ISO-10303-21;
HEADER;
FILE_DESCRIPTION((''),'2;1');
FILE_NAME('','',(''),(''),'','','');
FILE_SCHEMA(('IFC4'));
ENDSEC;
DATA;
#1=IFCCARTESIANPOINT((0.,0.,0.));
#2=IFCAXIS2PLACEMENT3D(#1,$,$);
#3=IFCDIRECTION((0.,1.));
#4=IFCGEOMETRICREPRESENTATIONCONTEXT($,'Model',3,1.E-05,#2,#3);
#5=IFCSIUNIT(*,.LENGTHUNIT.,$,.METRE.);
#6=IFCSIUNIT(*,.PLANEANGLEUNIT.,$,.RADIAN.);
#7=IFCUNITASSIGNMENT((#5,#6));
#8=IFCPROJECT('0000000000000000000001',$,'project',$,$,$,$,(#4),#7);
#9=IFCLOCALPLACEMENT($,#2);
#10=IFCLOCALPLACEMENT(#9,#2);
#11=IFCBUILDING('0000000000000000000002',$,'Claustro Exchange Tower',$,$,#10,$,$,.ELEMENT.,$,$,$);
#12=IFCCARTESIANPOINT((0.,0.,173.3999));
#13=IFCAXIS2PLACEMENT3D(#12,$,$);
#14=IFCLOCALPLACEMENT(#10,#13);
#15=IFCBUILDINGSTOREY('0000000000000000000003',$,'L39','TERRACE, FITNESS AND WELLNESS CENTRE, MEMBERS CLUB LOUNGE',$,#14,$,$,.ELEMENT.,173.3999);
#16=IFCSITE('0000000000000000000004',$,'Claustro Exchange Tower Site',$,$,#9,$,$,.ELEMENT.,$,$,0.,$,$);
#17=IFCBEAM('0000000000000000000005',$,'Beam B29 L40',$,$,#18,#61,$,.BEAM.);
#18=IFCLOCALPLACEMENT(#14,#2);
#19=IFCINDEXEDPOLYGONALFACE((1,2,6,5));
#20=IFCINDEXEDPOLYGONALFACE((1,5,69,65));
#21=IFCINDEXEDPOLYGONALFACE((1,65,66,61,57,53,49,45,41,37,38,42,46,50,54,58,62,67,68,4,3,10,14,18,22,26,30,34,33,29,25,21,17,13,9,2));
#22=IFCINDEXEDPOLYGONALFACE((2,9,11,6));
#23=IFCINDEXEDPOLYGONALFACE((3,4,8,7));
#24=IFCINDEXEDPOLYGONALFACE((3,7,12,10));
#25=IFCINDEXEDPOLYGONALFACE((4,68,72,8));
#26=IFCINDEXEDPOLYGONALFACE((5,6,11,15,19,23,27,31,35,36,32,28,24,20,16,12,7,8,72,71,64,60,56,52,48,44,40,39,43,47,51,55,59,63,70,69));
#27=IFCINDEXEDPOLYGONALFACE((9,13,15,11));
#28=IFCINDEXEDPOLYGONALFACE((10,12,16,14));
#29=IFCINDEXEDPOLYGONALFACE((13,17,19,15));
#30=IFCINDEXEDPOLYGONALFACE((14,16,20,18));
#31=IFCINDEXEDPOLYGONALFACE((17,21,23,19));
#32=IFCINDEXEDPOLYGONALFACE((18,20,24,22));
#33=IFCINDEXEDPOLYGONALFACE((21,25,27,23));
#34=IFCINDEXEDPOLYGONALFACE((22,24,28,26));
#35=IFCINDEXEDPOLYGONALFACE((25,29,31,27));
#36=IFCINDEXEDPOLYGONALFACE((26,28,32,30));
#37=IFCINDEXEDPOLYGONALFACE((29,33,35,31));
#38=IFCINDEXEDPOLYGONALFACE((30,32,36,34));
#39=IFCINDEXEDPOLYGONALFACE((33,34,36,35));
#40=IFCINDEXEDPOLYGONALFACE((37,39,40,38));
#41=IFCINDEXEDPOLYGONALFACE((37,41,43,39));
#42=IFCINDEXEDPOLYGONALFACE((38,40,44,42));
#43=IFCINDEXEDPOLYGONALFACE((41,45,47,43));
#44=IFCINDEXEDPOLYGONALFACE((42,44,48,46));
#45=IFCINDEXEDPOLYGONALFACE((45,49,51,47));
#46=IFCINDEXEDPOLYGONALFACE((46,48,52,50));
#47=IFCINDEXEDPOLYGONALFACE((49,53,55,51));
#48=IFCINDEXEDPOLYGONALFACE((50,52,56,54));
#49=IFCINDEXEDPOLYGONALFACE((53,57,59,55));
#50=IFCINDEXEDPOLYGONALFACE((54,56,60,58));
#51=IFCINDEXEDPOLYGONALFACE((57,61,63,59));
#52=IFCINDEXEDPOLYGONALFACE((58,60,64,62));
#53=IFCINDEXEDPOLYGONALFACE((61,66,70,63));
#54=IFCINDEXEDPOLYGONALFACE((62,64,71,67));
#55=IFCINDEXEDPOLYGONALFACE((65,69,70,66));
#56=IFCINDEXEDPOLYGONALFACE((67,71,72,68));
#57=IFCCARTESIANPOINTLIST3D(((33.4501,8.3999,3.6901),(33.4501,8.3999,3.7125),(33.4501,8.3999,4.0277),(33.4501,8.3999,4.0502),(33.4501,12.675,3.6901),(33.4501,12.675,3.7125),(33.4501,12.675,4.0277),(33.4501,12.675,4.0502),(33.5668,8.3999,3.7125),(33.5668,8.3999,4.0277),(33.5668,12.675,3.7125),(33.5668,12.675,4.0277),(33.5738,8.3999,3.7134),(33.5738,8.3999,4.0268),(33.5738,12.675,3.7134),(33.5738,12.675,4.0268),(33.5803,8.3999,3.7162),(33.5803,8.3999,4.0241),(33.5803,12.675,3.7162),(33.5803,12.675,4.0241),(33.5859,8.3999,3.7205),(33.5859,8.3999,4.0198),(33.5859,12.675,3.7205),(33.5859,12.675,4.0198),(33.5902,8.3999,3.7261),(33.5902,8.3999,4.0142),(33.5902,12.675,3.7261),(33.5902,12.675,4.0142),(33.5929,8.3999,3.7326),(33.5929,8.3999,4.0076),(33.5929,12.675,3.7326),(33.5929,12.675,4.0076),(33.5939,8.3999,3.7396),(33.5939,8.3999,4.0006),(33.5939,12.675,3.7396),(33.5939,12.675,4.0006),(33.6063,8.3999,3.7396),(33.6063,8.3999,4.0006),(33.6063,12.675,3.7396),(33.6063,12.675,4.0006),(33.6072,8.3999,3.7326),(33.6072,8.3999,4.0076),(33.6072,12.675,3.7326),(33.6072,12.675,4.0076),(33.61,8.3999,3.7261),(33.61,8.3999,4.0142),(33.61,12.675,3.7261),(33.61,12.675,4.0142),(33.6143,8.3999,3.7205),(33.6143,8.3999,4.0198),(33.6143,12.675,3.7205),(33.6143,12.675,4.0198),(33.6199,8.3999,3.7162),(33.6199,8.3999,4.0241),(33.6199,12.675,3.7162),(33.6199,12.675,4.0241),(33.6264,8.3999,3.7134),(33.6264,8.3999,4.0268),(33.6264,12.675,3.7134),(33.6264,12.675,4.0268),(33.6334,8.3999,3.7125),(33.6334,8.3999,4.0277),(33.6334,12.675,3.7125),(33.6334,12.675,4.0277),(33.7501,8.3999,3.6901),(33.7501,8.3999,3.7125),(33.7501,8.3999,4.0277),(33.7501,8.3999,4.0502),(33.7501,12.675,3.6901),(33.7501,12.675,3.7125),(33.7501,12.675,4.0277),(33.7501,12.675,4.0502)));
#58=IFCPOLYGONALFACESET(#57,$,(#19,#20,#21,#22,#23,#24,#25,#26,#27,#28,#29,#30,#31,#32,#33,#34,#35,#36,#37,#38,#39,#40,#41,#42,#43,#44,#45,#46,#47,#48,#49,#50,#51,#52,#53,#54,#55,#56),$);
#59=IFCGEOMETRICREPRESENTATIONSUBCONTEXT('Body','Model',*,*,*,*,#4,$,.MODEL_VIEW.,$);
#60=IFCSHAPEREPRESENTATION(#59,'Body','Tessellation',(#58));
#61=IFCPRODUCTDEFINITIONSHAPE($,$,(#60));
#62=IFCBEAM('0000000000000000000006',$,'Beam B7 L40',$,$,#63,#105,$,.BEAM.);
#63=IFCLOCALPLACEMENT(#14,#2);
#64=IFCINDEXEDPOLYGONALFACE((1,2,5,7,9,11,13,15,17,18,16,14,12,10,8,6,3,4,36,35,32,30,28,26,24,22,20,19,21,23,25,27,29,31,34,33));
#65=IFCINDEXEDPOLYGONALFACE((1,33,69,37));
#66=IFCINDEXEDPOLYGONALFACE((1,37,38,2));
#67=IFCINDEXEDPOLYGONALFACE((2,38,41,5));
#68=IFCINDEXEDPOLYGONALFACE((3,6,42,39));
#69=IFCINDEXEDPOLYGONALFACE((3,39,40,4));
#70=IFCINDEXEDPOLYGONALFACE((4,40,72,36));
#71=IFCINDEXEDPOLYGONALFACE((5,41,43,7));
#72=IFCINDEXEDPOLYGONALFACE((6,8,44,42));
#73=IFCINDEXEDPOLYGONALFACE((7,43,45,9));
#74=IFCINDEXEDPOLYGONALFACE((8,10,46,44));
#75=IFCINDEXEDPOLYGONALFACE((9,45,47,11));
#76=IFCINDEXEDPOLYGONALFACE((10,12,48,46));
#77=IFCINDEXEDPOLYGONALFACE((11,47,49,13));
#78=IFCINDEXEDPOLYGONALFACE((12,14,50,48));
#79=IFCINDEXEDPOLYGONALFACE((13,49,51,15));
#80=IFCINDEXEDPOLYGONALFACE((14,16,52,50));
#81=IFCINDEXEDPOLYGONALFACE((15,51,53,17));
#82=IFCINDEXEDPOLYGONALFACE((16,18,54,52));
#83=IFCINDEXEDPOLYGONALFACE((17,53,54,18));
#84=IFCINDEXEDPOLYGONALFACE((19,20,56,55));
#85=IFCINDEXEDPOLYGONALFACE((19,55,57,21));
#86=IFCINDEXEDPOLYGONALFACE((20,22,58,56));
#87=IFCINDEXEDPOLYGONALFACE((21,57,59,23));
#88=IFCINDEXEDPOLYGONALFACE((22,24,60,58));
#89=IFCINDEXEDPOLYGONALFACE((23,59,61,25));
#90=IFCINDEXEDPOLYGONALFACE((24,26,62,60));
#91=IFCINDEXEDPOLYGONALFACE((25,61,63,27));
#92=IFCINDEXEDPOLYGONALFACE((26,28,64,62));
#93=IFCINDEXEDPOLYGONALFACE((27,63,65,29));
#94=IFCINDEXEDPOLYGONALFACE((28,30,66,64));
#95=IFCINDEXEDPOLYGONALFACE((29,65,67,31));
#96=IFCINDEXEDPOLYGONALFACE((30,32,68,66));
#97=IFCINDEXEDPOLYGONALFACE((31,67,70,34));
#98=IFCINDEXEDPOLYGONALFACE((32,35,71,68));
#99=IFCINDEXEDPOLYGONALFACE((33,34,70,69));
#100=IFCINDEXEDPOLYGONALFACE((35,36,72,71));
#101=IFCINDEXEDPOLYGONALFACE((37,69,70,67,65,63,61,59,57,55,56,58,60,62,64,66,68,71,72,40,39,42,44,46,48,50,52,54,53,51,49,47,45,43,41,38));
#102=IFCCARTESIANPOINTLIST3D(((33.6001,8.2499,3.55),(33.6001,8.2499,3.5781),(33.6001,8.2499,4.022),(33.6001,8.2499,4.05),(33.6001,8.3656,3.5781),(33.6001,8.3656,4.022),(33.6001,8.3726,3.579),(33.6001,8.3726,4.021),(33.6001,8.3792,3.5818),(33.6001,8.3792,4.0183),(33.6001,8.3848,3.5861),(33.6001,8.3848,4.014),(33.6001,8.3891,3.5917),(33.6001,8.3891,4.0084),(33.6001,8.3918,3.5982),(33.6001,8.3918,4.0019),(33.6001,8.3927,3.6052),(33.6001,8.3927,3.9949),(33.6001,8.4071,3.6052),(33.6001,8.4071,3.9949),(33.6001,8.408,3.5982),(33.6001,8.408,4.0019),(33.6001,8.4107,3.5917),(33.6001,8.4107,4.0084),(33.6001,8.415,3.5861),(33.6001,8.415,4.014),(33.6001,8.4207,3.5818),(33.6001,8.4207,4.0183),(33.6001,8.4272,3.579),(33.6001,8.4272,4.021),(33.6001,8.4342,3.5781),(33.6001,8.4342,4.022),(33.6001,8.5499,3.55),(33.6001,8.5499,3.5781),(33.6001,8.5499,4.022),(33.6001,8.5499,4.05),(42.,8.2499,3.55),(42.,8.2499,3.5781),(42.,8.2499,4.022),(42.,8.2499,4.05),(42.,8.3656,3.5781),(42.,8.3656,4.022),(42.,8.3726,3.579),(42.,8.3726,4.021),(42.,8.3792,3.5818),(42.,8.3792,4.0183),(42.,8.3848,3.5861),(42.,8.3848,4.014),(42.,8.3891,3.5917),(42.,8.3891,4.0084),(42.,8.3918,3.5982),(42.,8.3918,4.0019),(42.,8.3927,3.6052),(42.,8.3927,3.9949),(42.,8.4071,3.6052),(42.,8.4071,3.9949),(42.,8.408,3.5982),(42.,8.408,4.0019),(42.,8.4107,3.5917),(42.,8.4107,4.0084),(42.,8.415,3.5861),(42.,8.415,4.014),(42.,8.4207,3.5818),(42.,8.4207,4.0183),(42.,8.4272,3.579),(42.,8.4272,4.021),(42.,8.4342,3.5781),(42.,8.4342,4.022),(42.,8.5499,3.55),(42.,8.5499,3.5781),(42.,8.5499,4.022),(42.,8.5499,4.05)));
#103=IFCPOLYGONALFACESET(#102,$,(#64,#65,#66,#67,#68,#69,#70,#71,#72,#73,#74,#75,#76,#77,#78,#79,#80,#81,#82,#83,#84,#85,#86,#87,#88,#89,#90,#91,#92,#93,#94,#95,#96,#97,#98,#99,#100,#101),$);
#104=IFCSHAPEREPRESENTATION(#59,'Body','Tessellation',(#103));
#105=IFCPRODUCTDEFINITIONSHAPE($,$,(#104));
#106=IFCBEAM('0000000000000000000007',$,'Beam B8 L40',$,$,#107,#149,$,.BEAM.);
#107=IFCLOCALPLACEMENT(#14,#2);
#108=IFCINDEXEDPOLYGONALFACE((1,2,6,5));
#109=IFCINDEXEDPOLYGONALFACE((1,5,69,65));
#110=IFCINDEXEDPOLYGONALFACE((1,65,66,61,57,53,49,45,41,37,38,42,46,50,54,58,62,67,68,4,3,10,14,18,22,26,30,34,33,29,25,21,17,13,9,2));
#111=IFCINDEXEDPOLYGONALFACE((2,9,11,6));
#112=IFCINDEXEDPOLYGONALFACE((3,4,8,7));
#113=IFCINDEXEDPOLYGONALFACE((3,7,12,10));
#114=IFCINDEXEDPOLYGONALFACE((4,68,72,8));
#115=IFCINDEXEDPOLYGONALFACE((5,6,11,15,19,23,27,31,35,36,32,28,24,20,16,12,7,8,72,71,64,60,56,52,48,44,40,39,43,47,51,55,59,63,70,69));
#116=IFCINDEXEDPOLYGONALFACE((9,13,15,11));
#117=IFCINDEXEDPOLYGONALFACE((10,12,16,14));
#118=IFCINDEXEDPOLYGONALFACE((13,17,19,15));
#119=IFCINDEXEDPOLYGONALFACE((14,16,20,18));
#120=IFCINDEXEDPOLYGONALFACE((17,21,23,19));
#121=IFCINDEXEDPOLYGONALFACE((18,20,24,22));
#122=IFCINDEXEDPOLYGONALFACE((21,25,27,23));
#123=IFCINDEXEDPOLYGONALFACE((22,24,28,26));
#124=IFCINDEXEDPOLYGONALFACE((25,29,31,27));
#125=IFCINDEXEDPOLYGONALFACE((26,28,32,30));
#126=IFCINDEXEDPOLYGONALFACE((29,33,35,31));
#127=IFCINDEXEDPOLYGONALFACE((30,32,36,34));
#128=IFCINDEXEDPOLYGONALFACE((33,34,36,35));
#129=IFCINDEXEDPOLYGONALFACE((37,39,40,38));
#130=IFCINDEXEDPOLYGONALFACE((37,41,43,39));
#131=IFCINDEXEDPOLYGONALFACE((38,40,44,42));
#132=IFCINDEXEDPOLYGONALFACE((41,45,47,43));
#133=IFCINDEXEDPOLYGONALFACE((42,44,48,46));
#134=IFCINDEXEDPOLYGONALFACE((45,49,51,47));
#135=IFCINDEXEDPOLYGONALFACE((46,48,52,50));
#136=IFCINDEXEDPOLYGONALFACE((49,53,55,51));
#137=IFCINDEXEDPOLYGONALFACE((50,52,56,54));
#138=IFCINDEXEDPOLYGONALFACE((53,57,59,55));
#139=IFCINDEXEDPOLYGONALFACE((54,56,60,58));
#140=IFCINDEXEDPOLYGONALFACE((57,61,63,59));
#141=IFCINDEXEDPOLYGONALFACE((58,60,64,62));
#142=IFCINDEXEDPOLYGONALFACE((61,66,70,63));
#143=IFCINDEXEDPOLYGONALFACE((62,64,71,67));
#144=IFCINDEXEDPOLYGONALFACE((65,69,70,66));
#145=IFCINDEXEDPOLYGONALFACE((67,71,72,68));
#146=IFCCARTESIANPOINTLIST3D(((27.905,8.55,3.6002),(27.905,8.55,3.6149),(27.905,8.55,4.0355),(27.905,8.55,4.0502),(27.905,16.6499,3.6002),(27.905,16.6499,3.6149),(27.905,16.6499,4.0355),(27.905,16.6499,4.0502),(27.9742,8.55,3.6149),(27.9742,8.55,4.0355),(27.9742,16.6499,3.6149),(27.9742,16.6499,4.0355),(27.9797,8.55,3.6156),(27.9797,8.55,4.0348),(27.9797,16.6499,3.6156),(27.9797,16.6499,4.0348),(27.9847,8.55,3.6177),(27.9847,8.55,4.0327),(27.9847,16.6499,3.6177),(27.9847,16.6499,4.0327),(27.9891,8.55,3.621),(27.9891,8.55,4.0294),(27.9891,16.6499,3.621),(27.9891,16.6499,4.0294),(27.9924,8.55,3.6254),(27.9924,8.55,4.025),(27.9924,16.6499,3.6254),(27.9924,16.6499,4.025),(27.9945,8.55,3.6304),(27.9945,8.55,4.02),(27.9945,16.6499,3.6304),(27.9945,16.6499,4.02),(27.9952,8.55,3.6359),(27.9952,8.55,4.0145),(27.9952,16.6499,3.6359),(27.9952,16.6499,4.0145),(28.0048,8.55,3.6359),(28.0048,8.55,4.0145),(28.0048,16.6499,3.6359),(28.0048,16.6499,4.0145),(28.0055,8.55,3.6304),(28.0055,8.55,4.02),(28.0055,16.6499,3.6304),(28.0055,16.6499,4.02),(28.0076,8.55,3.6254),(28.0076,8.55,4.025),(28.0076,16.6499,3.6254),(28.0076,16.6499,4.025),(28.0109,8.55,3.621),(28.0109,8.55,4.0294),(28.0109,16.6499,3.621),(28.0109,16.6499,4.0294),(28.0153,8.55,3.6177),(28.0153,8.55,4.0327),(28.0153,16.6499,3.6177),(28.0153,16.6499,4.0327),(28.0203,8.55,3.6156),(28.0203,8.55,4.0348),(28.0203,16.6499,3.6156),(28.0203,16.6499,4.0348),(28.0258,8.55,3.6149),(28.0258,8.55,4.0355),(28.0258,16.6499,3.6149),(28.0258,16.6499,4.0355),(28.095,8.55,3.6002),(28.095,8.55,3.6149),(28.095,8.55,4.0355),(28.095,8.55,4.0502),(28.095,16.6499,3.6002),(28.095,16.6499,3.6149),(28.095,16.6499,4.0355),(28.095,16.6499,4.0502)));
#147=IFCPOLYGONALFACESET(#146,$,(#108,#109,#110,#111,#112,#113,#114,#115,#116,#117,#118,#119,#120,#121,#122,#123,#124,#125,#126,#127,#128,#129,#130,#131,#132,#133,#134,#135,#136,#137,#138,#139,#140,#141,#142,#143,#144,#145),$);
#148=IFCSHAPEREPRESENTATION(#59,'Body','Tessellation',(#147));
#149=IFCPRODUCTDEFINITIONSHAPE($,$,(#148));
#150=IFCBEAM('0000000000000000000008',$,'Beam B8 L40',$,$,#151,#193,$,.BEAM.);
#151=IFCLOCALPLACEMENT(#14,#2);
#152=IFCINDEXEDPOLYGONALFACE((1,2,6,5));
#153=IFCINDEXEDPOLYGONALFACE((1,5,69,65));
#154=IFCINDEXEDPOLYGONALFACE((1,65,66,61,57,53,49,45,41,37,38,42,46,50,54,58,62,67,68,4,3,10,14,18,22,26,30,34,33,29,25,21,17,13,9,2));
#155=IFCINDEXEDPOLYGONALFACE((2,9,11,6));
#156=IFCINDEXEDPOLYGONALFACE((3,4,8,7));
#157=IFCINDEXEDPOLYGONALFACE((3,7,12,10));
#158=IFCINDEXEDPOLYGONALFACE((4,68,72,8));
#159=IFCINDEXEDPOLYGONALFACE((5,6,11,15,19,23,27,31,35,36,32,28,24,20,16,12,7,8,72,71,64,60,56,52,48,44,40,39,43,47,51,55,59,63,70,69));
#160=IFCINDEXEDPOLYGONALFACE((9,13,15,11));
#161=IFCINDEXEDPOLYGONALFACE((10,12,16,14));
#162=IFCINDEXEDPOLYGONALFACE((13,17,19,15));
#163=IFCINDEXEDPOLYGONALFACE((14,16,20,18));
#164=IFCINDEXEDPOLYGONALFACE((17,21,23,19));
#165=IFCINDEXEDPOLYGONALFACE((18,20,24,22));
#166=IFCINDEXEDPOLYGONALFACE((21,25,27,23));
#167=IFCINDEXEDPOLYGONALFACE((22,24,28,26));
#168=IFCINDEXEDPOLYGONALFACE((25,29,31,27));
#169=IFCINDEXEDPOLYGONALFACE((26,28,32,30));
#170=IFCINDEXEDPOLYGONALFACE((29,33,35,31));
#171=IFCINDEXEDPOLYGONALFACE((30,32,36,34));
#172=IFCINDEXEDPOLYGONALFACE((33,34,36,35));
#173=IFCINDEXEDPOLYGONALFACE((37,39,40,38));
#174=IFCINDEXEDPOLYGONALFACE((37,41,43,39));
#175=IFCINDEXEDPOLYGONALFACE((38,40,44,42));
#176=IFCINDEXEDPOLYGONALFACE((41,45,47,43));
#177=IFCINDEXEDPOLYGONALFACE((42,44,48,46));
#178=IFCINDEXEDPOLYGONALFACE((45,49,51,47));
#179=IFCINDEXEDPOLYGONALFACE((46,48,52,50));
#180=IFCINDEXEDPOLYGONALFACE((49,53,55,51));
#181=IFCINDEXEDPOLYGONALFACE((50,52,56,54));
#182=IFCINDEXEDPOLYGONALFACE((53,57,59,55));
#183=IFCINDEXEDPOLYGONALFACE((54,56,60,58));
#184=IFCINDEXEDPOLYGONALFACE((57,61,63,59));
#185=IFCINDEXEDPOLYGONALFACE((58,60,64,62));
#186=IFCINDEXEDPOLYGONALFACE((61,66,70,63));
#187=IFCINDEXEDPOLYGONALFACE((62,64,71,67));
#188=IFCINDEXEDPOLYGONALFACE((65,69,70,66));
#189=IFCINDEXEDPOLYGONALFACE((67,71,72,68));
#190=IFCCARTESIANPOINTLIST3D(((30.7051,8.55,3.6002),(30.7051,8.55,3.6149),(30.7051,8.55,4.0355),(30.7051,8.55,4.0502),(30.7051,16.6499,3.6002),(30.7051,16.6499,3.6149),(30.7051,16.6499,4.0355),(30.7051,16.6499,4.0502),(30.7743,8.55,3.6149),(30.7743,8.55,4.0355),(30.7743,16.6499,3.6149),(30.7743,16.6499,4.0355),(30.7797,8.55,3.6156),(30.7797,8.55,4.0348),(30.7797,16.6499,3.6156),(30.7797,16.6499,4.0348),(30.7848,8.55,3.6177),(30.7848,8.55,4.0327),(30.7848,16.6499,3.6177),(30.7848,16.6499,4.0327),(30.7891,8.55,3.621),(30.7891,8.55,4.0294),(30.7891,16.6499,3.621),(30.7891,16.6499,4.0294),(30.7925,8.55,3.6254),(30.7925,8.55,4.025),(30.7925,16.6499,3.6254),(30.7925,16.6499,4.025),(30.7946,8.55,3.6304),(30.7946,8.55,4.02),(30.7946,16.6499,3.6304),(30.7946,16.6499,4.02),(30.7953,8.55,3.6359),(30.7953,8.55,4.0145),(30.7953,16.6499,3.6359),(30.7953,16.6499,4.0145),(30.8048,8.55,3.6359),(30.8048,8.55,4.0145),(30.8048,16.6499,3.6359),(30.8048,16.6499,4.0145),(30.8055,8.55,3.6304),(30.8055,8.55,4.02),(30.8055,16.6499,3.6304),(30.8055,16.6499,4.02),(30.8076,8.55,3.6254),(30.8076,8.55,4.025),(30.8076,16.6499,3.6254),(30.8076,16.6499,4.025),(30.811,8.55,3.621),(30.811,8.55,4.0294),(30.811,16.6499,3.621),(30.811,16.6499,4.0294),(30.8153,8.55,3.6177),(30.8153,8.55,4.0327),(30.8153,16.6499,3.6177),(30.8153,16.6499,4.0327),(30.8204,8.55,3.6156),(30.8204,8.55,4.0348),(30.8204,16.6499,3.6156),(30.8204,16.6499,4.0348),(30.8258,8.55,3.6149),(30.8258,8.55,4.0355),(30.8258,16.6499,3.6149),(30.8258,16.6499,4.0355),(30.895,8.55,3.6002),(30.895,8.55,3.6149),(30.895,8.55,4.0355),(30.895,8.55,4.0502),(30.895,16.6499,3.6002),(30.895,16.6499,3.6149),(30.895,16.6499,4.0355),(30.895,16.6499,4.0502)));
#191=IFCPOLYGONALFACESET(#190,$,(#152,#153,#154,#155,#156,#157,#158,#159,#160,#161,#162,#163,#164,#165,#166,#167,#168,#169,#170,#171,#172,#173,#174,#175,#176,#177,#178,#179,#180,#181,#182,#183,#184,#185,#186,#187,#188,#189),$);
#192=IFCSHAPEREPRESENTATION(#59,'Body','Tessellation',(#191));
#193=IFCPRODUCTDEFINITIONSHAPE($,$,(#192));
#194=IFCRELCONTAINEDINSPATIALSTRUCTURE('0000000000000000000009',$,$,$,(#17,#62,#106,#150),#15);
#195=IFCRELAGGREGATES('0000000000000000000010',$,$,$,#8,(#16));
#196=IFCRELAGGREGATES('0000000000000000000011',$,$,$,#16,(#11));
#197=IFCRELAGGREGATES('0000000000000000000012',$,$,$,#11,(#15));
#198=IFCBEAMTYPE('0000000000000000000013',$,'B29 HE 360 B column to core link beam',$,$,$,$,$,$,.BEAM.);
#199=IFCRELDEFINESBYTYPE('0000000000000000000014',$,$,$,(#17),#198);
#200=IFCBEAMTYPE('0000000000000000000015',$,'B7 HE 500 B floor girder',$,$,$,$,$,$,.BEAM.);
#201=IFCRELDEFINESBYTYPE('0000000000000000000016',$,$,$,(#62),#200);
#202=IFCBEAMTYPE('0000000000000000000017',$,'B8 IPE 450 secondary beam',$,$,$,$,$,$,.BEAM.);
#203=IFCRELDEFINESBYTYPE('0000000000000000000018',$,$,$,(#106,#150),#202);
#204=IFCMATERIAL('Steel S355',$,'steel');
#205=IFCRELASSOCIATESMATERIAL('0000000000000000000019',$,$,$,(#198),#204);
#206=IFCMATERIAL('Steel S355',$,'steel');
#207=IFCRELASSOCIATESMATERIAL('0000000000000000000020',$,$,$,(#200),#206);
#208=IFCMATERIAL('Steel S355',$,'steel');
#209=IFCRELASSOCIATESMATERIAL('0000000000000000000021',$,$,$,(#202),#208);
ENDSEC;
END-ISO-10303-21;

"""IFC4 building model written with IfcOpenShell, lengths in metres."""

from ifc_helpers import new_model, si_unit, direction, frame, origin, origin_2d, place, context, subcontext, project, spatial, i_section, extrude, material, material_profile, profile_set, type_object, element, save


model = new_model("IFC4")

# Units and contexts
model_context = context("Model", 3, precision=1e-05, world=origin(), true_north=direction((0.0, 1.0)))
body_context = subcontext(model_context, "Body", "Model", "MODEL_VIEW")
ifc_project = project(units=[si_unit("LENGTHUNIT", "METRE"), si_unit("PLANEANGLEUNIT", "RADIAN")], contexts=[model_context])

# Site, building, storey
site_placement = place(None, origin())
site = spatial("IfcSite", under=ifc_project, at=site_placement, Name="Claustro Exchange Tower Site", CompositionType="ELEMENT", RefElevation=0.0)
building_placement = place(site_placement, origin())
building = spatial("IfcBuilding", under=site, at=building_placement, Name="Claustro Exchange Tower", CompositionType="ELEMENT")
storey_placement = place(building_placement, frame((0.0, 0.0, 173.3999)))
storey = spatial("IfcBuildingStorey", under=building, at=storey_placement, Name="L39", Description="TERRACE, FITNESS AND WELLNESS CENTRE, MEMBERS CLUB LOUNGE", CompositionType="ELEMENT", Elevation=173.3999)

# Beams
ifc_material_1 = material(Name="Steel S355", Category="steel")
ifc_material_profile_1 = material_profile(ifc_material_1, i_section(OverallWidth=0.3, OverallDepth=0.3601, WebThickness=0.0125, FlangeThickness=0.0225, FilletRadius=0.0271, at=origin_2d()), Name="HE 360 B")
ifc_profile_set_1 = profile_set([ifc_material_profile_1], Name="Steel S355")
beam_type_1 = type_object("IfcBeamType", Name="B29 HE 360 B column to core link beam", PredefinedType="BEAM", material=ifc_profile_set_1)
beam_1_placement = place(storey_placement, frame((33.6001, 8.3999, 3.8701), z_axis=(0.0, 1.0, 0.0), x_axis=(-1.0, 0.0, 0.0)))
element("IfcBeam", 1, at=beam_1_placement, inside=storey, type_object=beam_type_1, Name="Beam B29 L40", PredefinedType="BEAM", context=body_context, shape_type="SweptSolid", body=[
    extrude(i_section(OverallWidth=0.3, OverallDepth=0.3601, WebThickness=0.0125, FlangeThickness=0.0225, FilletRadius=0.0271, at=origin_2d()), origin(), (0.0, 0.0, 1.0), 4.2751),
])
ifc_material_2 = material(Name="Steel S355", Category="steel")
ifc_material_profile_2 = material_profile(ifc_material_2, i_section(OverallWidth=0.3, OverallDepth=0.5, WebThickness=0.0144, FlangeThickness=0.0281, FilletRadius=0.0271, at=origin_2d()), Name="HE 500 B")
ifc_profile_set_2 = profile_set([ifc_material_profile_2], Name="Steel S355")
beam_type_2 = type_object("IfcBeamType", Name="B7 HE 500 B floor girder", PredefinedType="BEAM", material=ifc_profile_set_2)
beam_2_placement = place(storey_placement, frame((33.6001, 8.3999, 3.8), z_axis=(1.0, 0.0, 0.0), x_axis=(0.0, 1.0, 0.0)))
element("IfcBeam", 2, at=beam_2_placement, inside=storey, type_object=beam_type_2, Name="Beam B7 L40", PredefinedType="BEAM", context=body_context, shape_type="SweptSolid", body=[
    extrude(i_section(OverallWidth=0.3, OverallDepth=0.5, WebThickness=0.0144, FlangeThickness=0.0281, FilletRadius=0.0271, at=origin_2d()), origin(), (0.0, 0.0, 1.0), 8.3999),
])
ifc_material_3 = material(Name="Steel S355", Category="steel")
ifc_material_profile_3 = material_profile(ifc_material_3, i_section(OverallWidth=0.1899, OverallDepth=0.45, WebThickness=0.0095, FlangeThickness=0.0146, FilletRadius=0.021, at=origin_2d()), Name="IPE 450")
ifc_profile_set_3 = profile_set([ifc_material_profile_3], Name="Steel S355")
beam_type_3 = type_object("IfcBeamType", Name="B8 IPE 450 secondary beam", PredefinedType="BEAM", material=ifc_profile_set_3)
for number, where, z_axis, x_axis, name in (
    (3, (28.0, 8.55, 3.8252), (0.0, 1.0, 0.0), (-1.0, 0.0, 0.0), "Beam B8 L40"),
    (4, (30.8, 8.55, 3.8252), (0.0, 1.0, 0.0), (-1.0, 0.0, 0.0), "Beam B8 L40"),
):
    element("IfcBeam", number, at=place(storey_placement, frame(where, z_axis=z_axis, x_axis=x_axis)), inside=storey, type_object=beam_type_3, Name=name, PredefinedType="BEAM", context=body_context, shape_type="SweptSolid", body=[
        extrude(i_section(OverallWidth=0.1899, OverallDepth=0.45, WebThickness=0.0095, FlangeThickness=0.0146, FilletRadius=0.021, at=origin_2d()), origin(), (0.0, 0.0, 1.0), 8.0999),
    ])

save(model, "model.ifc")
